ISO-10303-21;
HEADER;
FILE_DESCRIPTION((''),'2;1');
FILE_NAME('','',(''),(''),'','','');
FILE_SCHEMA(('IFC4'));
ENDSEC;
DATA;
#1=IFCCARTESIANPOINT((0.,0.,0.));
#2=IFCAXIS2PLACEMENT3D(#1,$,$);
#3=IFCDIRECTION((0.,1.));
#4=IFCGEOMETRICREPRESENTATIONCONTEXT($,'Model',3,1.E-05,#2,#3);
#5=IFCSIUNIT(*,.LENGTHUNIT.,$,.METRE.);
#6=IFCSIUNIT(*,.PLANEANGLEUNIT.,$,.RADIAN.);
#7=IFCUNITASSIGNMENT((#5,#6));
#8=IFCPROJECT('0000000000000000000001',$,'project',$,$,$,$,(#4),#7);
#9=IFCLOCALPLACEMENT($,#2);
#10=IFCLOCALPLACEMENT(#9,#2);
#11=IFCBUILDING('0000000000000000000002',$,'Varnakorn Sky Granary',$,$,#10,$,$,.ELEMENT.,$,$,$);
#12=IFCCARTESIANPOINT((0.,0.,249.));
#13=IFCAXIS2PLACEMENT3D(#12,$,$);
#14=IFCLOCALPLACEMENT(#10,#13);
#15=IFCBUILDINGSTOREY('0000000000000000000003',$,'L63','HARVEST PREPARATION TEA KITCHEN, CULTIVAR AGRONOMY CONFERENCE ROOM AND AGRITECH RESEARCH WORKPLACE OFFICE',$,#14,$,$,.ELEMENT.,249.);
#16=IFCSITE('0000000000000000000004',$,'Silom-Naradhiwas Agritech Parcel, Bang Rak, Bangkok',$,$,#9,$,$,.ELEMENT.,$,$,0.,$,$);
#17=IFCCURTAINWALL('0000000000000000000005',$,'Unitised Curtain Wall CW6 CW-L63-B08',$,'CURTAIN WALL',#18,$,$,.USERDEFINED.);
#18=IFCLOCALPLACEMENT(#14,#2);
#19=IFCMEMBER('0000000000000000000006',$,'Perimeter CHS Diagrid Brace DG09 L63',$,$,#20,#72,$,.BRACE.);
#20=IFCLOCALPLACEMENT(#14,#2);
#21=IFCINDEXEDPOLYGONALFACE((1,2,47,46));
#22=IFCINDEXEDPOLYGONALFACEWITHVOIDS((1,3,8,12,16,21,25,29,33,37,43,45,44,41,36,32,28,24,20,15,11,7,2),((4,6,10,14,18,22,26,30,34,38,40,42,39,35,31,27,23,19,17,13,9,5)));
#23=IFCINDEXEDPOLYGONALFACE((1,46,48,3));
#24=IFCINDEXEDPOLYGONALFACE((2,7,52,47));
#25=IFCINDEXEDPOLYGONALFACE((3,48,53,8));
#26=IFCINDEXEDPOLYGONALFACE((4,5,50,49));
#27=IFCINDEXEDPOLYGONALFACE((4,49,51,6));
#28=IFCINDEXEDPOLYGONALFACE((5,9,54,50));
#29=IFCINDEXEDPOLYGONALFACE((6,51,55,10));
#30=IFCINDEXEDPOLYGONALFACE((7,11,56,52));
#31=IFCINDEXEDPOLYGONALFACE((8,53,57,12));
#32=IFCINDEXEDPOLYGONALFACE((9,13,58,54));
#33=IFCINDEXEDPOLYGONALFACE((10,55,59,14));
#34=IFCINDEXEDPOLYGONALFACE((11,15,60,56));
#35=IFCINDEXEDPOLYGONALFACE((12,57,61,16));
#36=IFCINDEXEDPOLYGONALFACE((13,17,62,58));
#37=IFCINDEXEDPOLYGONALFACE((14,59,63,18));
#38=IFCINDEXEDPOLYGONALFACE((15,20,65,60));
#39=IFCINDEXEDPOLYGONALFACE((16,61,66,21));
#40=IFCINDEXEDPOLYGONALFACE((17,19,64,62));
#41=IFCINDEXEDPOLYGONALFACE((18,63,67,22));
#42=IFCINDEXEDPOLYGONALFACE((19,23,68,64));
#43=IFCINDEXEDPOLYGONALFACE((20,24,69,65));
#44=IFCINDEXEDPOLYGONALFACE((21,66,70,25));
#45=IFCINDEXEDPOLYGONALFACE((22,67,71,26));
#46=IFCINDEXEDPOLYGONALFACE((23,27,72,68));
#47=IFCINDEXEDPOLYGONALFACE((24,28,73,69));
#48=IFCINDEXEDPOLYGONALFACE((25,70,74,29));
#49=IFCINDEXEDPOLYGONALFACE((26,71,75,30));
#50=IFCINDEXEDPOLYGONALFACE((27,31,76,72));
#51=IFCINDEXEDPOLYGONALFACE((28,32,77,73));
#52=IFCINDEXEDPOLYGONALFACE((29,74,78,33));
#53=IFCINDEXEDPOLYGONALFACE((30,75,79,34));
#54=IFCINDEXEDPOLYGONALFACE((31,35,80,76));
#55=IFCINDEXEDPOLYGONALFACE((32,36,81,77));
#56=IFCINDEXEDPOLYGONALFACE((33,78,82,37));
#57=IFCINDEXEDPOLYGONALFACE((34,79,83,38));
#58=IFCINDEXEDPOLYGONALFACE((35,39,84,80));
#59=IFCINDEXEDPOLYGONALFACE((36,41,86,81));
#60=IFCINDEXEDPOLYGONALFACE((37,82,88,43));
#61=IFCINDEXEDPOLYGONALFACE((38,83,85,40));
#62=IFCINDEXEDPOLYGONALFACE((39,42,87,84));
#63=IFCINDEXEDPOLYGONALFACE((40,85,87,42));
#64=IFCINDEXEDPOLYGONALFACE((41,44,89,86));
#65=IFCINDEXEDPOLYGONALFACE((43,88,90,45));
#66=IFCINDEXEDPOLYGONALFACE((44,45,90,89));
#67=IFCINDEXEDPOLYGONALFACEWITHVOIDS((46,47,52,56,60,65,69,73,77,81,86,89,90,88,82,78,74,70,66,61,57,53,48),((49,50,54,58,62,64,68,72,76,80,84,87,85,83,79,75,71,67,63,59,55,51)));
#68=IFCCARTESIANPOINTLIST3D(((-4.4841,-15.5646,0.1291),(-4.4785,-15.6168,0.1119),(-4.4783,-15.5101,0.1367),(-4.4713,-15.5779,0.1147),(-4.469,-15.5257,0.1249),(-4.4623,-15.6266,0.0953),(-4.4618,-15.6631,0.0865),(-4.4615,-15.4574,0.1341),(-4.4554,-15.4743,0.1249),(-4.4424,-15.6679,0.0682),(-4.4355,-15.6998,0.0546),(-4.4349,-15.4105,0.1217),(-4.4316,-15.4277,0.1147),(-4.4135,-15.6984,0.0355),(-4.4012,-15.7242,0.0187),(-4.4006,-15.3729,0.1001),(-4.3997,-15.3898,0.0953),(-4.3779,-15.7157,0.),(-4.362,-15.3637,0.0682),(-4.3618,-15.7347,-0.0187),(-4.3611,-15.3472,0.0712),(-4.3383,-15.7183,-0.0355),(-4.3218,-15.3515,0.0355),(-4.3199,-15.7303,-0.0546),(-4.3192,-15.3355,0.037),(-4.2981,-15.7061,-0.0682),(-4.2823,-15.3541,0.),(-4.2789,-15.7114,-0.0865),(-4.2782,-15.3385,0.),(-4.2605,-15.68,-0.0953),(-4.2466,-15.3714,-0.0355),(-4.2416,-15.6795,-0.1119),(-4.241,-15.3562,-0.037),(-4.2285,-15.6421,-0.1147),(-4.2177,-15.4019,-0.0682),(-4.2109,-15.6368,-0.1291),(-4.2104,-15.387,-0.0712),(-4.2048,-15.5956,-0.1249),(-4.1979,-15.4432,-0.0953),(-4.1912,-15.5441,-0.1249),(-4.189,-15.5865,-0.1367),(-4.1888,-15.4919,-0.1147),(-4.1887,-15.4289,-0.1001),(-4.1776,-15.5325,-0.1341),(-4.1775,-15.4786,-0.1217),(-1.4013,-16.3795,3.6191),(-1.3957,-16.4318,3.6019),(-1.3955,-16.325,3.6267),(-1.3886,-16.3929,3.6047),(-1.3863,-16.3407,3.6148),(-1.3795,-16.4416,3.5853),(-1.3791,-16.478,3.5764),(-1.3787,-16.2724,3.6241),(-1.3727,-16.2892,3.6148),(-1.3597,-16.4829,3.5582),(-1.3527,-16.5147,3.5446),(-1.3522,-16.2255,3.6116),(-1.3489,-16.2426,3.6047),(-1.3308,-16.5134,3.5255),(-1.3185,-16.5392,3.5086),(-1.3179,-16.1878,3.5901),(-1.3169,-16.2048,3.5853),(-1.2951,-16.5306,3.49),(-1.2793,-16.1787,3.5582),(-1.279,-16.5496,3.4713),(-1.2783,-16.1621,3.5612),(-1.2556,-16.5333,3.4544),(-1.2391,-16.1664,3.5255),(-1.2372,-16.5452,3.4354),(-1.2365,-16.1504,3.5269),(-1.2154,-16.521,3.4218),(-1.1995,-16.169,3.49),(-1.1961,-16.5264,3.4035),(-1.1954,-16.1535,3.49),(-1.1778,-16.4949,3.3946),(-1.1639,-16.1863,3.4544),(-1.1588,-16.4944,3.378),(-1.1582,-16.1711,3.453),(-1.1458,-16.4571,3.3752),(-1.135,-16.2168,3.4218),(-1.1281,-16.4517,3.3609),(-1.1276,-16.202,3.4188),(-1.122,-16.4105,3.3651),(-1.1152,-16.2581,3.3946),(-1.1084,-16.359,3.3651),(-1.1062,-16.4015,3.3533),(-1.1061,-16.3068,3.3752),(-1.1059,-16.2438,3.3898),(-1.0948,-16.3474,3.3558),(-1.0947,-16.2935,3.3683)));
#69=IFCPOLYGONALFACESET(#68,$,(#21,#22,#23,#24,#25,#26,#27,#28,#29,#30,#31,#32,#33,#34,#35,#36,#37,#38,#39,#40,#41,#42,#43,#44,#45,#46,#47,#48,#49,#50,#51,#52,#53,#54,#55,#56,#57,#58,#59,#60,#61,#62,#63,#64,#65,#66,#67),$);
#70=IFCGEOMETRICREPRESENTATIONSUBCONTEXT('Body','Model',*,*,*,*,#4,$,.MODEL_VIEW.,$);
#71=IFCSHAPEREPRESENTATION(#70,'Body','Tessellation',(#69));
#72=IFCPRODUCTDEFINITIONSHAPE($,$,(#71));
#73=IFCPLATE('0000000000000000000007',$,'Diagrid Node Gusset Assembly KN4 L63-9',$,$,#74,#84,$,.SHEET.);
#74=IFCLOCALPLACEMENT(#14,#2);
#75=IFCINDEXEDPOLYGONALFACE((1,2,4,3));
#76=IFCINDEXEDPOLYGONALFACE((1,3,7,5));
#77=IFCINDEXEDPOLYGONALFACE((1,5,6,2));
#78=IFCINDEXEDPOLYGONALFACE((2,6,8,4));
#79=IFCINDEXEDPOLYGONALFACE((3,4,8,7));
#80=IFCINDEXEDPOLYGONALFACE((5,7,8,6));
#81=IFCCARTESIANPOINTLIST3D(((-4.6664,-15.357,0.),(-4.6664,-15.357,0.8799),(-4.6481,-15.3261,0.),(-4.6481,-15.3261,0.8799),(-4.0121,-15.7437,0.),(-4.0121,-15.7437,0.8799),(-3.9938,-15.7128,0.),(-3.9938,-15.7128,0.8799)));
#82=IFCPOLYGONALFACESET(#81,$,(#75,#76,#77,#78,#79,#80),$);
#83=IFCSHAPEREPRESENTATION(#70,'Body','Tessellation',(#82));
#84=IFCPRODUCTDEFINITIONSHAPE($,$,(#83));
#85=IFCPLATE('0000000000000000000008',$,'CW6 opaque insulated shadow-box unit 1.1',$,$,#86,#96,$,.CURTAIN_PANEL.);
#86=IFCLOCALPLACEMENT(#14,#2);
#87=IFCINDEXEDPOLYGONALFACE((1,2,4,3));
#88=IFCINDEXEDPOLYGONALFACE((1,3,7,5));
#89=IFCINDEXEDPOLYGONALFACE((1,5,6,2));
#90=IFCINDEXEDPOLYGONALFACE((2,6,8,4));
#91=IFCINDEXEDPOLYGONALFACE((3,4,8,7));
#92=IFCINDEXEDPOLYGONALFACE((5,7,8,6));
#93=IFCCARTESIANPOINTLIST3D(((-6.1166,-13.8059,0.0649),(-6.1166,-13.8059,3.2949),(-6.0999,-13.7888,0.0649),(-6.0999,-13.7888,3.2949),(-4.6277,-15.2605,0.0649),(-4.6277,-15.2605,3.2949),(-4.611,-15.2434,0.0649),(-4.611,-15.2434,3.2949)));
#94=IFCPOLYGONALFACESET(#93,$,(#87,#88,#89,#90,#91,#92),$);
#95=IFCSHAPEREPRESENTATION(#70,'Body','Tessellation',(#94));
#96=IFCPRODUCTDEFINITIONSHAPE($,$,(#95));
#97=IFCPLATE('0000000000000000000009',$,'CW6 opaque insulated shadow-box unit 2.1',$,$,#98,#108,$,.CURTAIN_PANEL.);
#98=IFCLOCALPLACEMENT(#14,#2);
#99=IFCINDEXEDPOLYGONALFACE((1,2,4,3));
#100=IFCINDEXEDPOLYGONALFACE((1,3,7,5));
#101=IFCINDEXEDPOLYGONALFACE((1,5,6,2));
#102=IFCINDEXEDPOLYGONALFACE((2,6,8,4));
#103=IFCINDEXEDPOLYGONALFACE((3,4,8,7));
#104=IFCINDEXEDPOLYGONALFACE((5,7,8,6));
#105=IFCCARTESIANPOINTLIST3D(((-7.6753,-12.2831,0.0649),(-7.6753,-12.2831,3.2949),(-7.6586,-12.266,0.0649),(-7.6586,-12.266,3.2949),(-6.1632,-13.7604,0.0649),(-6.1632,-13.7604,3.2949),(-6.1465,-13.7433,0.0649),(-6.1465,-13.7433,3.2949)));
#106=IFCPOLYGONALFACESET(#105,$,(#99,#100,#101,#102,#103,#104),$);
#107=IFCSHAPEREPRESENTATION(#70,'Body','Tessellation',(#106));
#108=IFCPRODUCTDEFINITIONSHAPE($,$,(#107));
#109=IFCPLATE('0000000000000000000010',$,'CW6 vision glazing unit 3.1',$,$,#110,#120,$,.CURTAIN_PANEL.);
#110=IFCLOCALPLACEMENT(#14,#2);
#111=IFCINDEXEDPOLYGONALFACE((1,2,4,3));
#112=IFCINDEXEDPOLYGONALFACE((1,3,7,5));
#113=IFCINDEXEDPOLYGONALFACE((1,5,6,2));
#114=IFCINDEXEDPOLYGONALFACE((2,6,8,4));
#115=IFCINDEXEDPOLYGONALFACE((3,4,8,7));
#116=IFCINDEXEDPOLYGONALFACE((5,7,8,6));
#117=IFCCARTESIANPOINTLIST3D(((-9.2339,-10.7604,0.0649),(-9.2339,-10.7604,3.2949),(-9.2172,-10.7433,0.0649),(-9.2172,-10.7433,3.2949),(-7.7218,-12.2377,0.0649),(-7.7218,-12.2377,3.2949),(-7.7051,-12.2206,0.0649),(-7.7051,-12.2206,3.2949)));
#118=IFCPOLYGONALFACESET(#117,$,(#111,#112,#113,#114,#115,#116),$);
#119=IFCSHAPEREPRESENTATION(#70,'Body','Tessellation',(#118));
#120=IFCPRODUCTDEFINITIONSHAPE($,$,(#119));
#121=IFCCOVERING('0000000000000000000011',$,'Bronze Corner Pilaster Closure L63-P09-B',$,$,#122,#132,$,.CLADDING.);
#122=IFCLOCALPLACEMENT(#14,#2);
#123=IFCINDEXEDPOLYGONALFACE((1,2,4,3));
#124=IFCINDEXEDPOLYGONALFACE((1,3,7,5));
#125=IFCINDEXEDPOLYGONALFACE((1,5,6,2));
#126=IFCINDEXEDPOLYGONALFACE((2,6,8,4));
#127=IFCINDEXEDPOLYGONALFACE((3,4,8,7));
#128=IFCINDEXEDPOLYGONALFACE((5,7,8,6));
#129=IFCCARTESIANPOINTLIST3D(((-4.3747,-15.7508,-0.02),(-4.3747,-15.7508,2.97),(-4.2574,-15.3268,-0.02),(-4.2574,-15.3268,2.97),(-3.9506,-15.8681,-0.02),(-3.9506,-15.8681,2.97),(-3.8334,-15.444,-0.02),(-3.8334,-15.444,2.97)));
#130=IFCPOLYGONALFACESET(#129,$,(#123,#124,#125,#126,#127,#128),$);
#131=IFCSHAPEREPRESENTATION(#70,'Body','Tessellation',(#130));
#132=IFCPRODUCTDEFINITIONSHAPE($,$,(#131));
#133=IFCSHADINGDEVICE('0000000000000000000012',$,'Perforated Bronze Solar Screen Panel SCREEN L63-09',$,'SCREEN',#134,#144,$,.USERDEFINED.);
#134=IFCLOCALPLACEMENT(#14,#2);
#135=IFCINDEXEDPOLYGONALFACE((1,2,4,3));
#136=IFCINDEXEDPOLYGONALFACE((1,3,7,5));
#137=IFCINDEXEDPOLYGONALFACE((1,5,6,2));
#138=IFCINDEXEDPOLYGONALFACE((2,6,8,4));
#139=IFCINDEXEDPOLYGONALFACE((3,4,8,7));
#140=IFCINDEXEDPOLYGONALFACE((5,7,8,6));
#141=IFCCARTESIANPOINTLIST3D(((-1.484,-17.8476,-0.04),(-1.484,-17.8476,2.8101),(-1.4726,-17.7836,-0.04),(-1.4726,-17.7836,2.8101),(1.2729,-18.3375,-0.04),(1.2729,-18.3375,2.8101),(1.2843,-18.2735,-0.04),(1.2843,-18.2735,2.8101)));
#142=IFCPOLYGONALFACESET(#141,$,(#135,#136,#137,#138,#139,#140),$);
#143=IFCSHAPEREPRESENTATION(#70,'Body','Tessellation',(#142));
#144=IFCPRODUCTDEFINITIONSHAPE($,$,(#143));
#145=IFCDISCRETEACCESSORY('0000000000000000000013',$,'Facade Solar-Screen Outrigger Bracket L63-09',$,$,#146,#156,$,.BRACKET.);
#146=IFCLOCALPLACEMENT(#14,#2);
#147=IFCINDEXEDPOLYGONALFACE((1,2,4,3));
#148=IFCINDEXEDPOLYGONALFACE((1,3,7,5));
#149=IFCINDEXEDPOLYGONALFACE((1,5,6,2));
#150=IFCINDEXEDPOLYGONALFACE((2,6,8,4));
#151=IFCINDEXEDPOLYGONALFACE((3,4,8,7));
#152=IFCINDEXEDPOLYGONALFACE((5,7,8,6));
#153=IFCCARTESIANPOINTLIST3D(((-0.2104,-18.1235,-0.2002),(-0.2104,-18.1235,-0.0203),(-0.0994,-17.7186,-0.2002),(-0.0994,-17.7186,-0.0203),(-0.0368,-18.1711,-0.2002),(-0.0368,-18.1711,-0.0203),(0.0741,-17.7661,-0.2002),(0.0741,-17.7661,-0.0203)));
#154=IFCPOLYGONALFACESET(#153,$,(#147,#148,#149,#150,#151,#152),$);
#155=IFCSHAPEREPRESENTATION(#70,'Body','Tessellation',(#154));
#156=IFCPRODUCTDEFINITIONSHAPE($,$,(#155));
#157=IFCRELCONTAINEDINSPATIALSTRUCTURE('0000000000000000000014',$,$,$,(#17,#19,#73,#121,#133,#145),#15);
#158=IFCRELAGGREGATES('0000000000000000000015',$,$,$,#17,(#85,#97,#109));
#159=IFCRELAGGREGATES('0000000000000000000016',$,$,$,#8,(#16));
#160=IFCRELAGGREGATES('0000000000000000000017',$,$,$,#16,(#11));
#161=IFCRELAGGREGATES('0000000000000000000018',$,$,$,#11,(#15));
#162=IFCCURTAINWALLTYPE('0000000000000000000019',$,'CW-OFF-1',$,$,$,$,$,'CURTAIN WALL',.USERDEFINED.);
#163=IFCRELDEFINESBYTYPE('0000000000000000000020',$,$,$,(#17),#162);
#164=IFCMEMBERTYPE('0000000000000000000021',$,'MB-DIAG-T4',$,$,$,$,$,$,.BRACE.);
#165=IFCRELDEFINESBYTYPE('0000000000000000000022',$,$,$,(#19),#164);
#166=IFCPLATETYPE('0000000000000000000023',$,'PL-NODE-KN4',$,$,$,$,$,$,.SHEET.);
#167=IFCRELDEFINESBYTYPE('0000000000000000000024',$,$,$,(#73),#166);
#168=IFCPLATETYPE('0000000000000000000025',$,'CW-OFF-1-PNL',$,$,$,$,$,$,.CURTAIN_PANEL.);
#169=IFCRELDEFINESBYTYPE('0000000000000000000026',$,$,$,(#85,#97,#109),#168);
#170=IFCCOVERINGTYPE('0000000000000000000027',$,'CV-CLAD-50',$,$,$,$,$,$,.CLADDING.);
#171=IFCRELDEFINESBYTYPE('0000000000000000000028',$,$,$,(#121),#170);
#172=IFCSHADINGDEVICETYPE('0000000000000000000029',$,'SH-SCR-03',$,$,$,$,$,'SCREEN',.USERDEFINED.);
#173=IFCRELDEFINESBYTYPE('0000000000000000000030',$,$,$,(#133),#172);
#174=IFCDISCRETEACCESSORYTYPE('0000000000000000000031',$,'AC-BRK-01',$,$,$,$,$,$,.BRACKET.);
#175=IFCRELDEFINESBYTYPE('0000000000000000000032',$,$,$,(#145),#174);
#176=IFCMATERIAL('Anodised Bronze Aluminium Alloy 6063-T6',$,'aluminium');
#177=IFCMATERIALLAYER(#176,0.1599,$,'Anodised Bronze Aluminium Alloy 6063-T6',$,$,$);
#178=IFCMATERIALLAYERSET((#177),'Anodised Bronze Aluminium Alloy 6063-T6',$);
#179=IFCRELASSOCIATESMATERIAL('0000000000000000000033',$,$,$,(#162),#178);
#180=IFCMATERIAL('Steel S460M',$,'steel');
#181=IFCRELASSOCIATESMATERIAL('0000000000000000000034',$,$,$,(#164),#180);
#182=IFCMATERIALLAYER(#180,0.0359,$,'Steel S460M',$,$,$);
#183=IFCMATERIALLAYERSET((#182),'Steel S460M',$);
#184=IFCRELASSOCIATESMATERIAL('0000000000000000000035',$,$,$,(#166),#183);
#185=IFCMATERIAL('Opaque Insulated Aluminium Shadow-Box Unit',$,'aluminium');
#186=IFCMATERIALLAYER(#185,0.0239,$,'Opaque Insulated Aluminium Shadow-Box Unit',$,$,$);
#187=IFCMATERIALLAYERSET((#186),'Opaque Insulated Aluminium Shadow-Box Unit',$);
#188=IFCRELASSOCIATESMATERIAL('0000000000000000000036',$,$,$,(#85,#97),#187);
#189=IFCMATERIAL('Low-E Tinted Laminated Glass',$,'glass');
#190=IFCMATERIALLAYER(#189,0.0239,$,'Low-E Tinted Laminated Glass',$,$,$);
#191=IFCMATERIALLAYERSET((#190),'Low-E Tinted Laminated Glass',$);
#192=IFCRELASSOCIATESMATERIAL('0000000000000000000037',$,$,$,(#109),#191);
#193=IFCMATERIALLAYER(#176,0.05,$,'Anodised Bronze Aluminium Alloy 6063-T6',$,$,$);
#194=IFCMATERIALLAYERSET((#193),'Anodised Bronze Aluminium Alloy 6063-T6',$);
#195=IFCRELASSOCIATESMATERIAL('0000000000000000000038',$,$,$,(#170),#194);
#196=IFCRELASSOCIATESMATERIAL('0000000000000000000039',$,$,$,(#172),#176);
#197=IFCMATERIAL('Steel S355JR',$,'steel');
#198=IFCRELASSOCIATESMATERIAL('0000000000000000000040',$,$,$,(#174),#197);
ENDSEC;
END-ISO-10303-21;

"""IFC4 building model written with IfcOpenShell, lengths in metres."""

from ifc_helpers import new_model, si_unit, direction, frame, origin, origin_2d, place, context, subcontext, project, spatial, rectangle, hollow_circle, extrude, source, transform, mapped, material, layer, layer_set, material_profile, profile_set, type_object, type_shapes, element, aggregate, save


model = new_model("IFC4")

# Units and contexts
model_context = context("Model", 3, precision=1e-05, world=origin(), true_north=direction((0.0, 1.0)))
body_context = subcontext(model_context, "Body", "Model", "MODEL_VIEW")
ifc_project = project(units=[si_unit("LENGTHUNIT", "METRE"), si_unit("PLANEANGLEUNIT", "RADIAN")], contexts=[model_context])

# Site, building, storey
site_placement = place(None, origin())
site = spatial("IfcSite", under=ifc_project, at=site_placement, Name="Silom-Naradhiwas Agritech Parcel, Bang Rak, Bangkok", CompositionType="ELEMENT", RefElevation=0.0)
building_placement = place(site_placement, origin())
building = spatial("IfcBuilding", under=site, at=building_placement, Name="Varnakorn Sky Granary", CompositionType="ELEMENT")
storey_placement = place(building_placement, frame((0.0, 0.0, 249.0)))
storey = spatial("IfcBuildingStorey", under=building, at=storey_placement, Name="L63", Description="HARVEST PREPARATION TEA KITCHEN, CULTIVAR AGRONOMY CONFERENCE ROOM AND AGRITECH RESEARCH WORKPLACE OFFICE", CompositionType="ELEMENT", Elevation=249.0)

# Shared definitions
ifc_material_1 = material(Name="Steel S460M", Category="steel")

# Shared definitions
ifc_material_2 = material(Name="Steel S355JR", Category="steel")

# Curtain wall
ifc_material_3 = material(Name="Anodised Bronze Aluminium Alloy 6063-T6", Category="aluminium")
ifc_layer_1 = layer(ifc_material_3, 0.1599, Name="Anodised Bronze Aluminium Alloy 6063-T6")
ifc_layer_set_1 = layer_set([ifc_layer_1], Name="Anodised Bronze Aluminium Alloy 6063-T6")
curtain_wall_type = type_object("IfcCurtainWallType", Name="CW-OFF-1", ElementType="CURTAIN WALL", PredefinedType="USERDEFINED", material=ifc_layer_set_1)
curtain_wall_placement = place(storey_placement, origin())
curtain_wall = element("IfcCurtainWall", 1, at=curtain_wall_placement, inside=storey, type_object=curtain_wall_type, Name="Unitised Curtain Wall CW6 CW-L63-B08", ObjectType="CURTAIN WALL", PredefinedType="USERDEFINED")

# Member
ifc_material_profile_1 = material_profile(ifc_material_1, hollow_circle(Radius=0.2031, WallThickness=0.0161, at=origin_2d()), Name="CHS 406.4x16")
ifc_profile_set_1 = profile_set([ifc_material_profile_1], Name="Steel S460M")
member_type_1 = type_object("IfcMemberType", Name="MB-DIAG-T4", PredefinedType="BRACE", material=ifc_profile_set_1)
member_1_placement = place(storey_placement, frame((-4.3301, -15.5349, 0.0), z_axis=(0.652116, -0.17239, 0.738259), x_axis=(0.255575, 0.966789, 0.0)))
element("IfcMember", 2, at=member_1_placement, inside=storey, type_object=member_type_1, Name="Perimeter CHS Diagrid Brace DG09 L63", PredefinedType="BRACE", context=body_context, shape_type="SweptSolid", body=[
    extrude(hollow_circle(Radius=0.2031, WallThickness=0.0161, at=origin_2d()), origin(), (0.0, 0.0, 1.0), 4.7273),
])

# Plates
ifc_layer_2 = layer(ifc_material_1, 0.0359, Name="Steel S460M")
ifc_layer_set_2 = layer_set([ifc_layer_2], Name="Steel S460M")
plate_type_1 = type_object("IfcPlateType", Name="PL-NODE-KN4", PredefinedType="SHEET", material=ifc_layer_set_2)
plate_1_placement = place(storey_placement, frame((-4.3301, -15.5349, 0.0), z_axis=(0.0, 0.0, 1.0), x_axis=(0.860918, -0.508744, 0.0)))
element("IfcPlate", 3, at=plate_1_placement, inside=storey, type_object=plate_type_1, Name="Diagrid Node Gusset Assembly KN4 L63-9", PredefinedType="SHEET", context=body_context, shape_type="SweptSolid", body=[
    extrude(rectangle(XDim=0.76, YDim=0.0359, at=origin_2d()), origin(), (0.0, 0.0, 1.0), 0.8799),
])
ifc_material_4 = material(Name="Opaque Insulated Aluminium Shadow-Box Unit", Category="aluminium")
ifc_layer_3 = layer(ifc_material_4, 0.0239, Name="Opaque Insulated Aluminium Shadow-Box Unit")
ifc_layer_set_3 = layer_set([ifc_layer_3], Name="Opaque Insulated Aluminium Shadow-Box Unit")
plate_type_2 = type_object("IfcPlateType", Name="CW-OFF-1-PNL", PredefinedType="CURTAIN_PANEL")
shared_shape_1 = source(origin(), body_context, "Body", "SweptSolid", [
    extrude(rectangle(XDim=2.0815, YDim=0.0239, at=origin_2d()), origin(), (0.0, 0.0, 1.0), 3.23),
])
plate_2_placement = place(storey_placement, frame((-5.3638, -14.5247, 0.0649), z_axis=(0.0, 0.0, 1.0), x_axis=(-0.715285, 0.698833, 0.0)))
plate_2 = element("IfcPlate", 4, at=plate_2_placement, type_object=plate_type_2, material=ifc_layer_set_3, Name="CW6 opaque insulated shadow-box unit 1.1", PredefinedType="CURTAIN_PANEL", context=body_context, shape_type="MappedRepresentation", body=[
    mapped(shared_shape_1, transform((0.0, 0.0, 0.0), x_axis=(1.0, 0.0, 0.0), y_axis=(0.0, 1.0, 0.0), z_axis=(0.0, 0.0, 1.0), scale=1.0)),
])
shared_shape_2 = source(origin(), body_context, "Body", "SweptSolid", [
    extrude(rectangle(XDim=2.114, YDim=0.0239, at=origin_2d()), origin(), (0.0, 0.0, 1.0), 3.23),
])
type_shapes(plate_type_2, [shared_shape_1, shared_shape_2])
plate_3_placement = place(storey_placement, frame((-6.9109, -13.0132, 0.0649), z_axis=(0.0, 0.0, 1.0), x_axis=(-0.715285, 0.698833, 0.0)))
plate_3 = element("IfcPlate", 5, at=plate_3_placement, type_object=plate_type_2, material=ifc_layer_set_3, Name="CW6 opaque insulated shadow-box unit 2.1", PredefinedType="CURTAIN_PANEL", context=body_context, shape_type="MappedRepresentation", body=[
    mapped(shared_shape_2, transform((0.0, 0.0, 0.0), x_axis=(1.0, 0.0, 0.0), y_axis=(0.0, 1.0, 0.0), z_axis=(0.0, 0.0, 1.0), scale=1.0)),
])
ifc_material_5 = material(Name="Low-E Tinted Laminated Glass", Category="glass")
ifc_layer_4 = layer(ifc_material_5, 0.0239, Name="Low-E Tinted Laminated Glass")
ifc_layer_set_4 = layer_set([ifc_layer_4], Name="Low-E Tinted Laminated Glass")
plate_4_placement = place(storey_placement, frame((-8.4695, -11.4905, 0.0649), z_axis=(0.0, 0.0, 1.0), x_axis=(-0.715285, 0.698833, 0.0)))
plate_4 = element("IfcPlate", 6, at=plate_4_placement, type_object=plate_type_2, material=ifc_layer_set_4, Name="CW6 vision glazing unit 3.1", PredefinedType="CURTAIN_PANEL", context=body_context, shape_type="MappedRepresentation", body=[
    mapped(shared_shape_2, transform((0.0, 0.0, 0.0), x_axis=(1.0, 0.0, 0.0), y_axis=(0.0, 1.0, 0.0), z_axis=(0.0, 0.0, 1.0), scale=1.0)),
])
aggregate(curtain_wall, [plate_2, plate_3, plate_4])

# Covering
ifc_layer_5 = layer(ifc_material_3, 0.05, Name="Anodised Bronze Aluminium Alloy 6063-T6")
ifc_layer_set_5 = layer_set([ifc_layer_5], Name="Anodised Bronze Aluminium Alloy 6063-T6")
covering_type = type_object("IfcCoveringType", Name="CV-CLAD-50", PredefinedType="CLADDING", material=ifc_layer_set_5)
shared_shape_3 = source(origin(), body_context, "Body", "SweptSolid", [
    extrude(rectangle(XDim=0.4399, YDim=0.4399, at=origin_2d()), origin(), (0.0, 0.0, 1.0), 2.99),
])
type_shapes(covering_type, [shared_shape_3])
covering_placement = place(storey_placement, frame((-4.104, -15.5974, -0.02), z_axis=(0.0, 0.0, 1.0), x_axis=(-0.963817, 0.266566, 0.0)))
element("IfcCovering", 7, at=covering_placement, inside=storey, type_object=covering_type, Name="Bronze Corner Pilaster Closure L63-P09-B", PredefinedType="CLADDING", context=body_context, shape_type="MappedRepresentation", body=[
    mapped(shared_shape_3, transform((0.0, 0.0, 0.0), x_axis=(1.0, 0.0, 0.0), y_axis=(0.0, 1.0, 0.0), z_axis=(0.0, 0.0, 1.0), scale=1.0)),
])

# Shading device
shading_device_type = type_object("IfcShadingDeviceType", Name="SH-SCR-03", ElementType="SCREEN", PredefinedType="USERDEFINED", material=ifc_material_3)
shared_shape_4 = source(origin(), body_context, "Body", "SweptSolid", [
    extrude(rectangle(XDim=2.8, YDim=0.0649, at=origin_2d()), origin(), (0.0, 0.0, 1.0), 2.8501),
])
type_shapes(shading_device_type, [shared_shape_4])
shading_device_placement = place(storey_placement, frame((-0.0999, -18.0605, -0.04), z_axis=(0.0, 0.0, 1.0), x_axis=(0.984574, -0.17497, 0.0)))
element("IfcShadingDevice", 8, at=shading_device_placement, inside=storey, type_object=shading_device_type, Name="Perforated Bronze Solar Screen Panel SCREEN L63-09", ObjectType="SCREEN", PredefinedType="USERDEFINED", context=body_context, shape_type="MappedRepresentation", body=[
    mapped(shared_shape_4, transform((0.0, 0.0, 0.0), x_axis=(1.0, 0.0, 0.0), y_axis=(0.0, 1.0, 0.0), z_axis=(0.0, 0.0, 1.0), scale=1.0)),
])

# Discrete accessory
discrete_accessory_type = type_object("IfcDiscreteAccessoryType", Name="AC-BRK-01", PredefinedType="BRACKET", material=ifc_material_2)
shared_shape_5 = source(origin(), body_context, "Body", "SweptSolid", [
    extrude(rectangle(XDim=0.1799, YDim=0.4199, at=origin_2d()), origin(), (0.0, 0.0, 1.0), 0.1799),
])
type_shapes(discrete_accessory_type, [shared_shape_5])
discrete_accessory_placement = place(storey_placement, frame((-0.0681, -17.9448, -0.2002), z_axis=(0.0, 0.0, 1.0), x_axis=(0.964433, -0.264326, 0.0)))
element("IfcDiscreteAccessory", 9, at=discrete_accessory_placement, inside=storey, type_object=discrete_accessory_type, Name="Facade Solar-Screen Outrigger Bracket L63-09", PredefinedType="BRACKET", context=body_context, shape_type="MappedRepresentation", body=[
    mapped(shared_shape_5, transform((0.0, 0.0, 0.0), x_axis=(1.0, 0.0, 0.0), y_axis=(0.0, 1.0, 0.0), z_axis=(0.0, 0.0, 1.0), scale=1.0)),
])

save(model, "model.ifc")
